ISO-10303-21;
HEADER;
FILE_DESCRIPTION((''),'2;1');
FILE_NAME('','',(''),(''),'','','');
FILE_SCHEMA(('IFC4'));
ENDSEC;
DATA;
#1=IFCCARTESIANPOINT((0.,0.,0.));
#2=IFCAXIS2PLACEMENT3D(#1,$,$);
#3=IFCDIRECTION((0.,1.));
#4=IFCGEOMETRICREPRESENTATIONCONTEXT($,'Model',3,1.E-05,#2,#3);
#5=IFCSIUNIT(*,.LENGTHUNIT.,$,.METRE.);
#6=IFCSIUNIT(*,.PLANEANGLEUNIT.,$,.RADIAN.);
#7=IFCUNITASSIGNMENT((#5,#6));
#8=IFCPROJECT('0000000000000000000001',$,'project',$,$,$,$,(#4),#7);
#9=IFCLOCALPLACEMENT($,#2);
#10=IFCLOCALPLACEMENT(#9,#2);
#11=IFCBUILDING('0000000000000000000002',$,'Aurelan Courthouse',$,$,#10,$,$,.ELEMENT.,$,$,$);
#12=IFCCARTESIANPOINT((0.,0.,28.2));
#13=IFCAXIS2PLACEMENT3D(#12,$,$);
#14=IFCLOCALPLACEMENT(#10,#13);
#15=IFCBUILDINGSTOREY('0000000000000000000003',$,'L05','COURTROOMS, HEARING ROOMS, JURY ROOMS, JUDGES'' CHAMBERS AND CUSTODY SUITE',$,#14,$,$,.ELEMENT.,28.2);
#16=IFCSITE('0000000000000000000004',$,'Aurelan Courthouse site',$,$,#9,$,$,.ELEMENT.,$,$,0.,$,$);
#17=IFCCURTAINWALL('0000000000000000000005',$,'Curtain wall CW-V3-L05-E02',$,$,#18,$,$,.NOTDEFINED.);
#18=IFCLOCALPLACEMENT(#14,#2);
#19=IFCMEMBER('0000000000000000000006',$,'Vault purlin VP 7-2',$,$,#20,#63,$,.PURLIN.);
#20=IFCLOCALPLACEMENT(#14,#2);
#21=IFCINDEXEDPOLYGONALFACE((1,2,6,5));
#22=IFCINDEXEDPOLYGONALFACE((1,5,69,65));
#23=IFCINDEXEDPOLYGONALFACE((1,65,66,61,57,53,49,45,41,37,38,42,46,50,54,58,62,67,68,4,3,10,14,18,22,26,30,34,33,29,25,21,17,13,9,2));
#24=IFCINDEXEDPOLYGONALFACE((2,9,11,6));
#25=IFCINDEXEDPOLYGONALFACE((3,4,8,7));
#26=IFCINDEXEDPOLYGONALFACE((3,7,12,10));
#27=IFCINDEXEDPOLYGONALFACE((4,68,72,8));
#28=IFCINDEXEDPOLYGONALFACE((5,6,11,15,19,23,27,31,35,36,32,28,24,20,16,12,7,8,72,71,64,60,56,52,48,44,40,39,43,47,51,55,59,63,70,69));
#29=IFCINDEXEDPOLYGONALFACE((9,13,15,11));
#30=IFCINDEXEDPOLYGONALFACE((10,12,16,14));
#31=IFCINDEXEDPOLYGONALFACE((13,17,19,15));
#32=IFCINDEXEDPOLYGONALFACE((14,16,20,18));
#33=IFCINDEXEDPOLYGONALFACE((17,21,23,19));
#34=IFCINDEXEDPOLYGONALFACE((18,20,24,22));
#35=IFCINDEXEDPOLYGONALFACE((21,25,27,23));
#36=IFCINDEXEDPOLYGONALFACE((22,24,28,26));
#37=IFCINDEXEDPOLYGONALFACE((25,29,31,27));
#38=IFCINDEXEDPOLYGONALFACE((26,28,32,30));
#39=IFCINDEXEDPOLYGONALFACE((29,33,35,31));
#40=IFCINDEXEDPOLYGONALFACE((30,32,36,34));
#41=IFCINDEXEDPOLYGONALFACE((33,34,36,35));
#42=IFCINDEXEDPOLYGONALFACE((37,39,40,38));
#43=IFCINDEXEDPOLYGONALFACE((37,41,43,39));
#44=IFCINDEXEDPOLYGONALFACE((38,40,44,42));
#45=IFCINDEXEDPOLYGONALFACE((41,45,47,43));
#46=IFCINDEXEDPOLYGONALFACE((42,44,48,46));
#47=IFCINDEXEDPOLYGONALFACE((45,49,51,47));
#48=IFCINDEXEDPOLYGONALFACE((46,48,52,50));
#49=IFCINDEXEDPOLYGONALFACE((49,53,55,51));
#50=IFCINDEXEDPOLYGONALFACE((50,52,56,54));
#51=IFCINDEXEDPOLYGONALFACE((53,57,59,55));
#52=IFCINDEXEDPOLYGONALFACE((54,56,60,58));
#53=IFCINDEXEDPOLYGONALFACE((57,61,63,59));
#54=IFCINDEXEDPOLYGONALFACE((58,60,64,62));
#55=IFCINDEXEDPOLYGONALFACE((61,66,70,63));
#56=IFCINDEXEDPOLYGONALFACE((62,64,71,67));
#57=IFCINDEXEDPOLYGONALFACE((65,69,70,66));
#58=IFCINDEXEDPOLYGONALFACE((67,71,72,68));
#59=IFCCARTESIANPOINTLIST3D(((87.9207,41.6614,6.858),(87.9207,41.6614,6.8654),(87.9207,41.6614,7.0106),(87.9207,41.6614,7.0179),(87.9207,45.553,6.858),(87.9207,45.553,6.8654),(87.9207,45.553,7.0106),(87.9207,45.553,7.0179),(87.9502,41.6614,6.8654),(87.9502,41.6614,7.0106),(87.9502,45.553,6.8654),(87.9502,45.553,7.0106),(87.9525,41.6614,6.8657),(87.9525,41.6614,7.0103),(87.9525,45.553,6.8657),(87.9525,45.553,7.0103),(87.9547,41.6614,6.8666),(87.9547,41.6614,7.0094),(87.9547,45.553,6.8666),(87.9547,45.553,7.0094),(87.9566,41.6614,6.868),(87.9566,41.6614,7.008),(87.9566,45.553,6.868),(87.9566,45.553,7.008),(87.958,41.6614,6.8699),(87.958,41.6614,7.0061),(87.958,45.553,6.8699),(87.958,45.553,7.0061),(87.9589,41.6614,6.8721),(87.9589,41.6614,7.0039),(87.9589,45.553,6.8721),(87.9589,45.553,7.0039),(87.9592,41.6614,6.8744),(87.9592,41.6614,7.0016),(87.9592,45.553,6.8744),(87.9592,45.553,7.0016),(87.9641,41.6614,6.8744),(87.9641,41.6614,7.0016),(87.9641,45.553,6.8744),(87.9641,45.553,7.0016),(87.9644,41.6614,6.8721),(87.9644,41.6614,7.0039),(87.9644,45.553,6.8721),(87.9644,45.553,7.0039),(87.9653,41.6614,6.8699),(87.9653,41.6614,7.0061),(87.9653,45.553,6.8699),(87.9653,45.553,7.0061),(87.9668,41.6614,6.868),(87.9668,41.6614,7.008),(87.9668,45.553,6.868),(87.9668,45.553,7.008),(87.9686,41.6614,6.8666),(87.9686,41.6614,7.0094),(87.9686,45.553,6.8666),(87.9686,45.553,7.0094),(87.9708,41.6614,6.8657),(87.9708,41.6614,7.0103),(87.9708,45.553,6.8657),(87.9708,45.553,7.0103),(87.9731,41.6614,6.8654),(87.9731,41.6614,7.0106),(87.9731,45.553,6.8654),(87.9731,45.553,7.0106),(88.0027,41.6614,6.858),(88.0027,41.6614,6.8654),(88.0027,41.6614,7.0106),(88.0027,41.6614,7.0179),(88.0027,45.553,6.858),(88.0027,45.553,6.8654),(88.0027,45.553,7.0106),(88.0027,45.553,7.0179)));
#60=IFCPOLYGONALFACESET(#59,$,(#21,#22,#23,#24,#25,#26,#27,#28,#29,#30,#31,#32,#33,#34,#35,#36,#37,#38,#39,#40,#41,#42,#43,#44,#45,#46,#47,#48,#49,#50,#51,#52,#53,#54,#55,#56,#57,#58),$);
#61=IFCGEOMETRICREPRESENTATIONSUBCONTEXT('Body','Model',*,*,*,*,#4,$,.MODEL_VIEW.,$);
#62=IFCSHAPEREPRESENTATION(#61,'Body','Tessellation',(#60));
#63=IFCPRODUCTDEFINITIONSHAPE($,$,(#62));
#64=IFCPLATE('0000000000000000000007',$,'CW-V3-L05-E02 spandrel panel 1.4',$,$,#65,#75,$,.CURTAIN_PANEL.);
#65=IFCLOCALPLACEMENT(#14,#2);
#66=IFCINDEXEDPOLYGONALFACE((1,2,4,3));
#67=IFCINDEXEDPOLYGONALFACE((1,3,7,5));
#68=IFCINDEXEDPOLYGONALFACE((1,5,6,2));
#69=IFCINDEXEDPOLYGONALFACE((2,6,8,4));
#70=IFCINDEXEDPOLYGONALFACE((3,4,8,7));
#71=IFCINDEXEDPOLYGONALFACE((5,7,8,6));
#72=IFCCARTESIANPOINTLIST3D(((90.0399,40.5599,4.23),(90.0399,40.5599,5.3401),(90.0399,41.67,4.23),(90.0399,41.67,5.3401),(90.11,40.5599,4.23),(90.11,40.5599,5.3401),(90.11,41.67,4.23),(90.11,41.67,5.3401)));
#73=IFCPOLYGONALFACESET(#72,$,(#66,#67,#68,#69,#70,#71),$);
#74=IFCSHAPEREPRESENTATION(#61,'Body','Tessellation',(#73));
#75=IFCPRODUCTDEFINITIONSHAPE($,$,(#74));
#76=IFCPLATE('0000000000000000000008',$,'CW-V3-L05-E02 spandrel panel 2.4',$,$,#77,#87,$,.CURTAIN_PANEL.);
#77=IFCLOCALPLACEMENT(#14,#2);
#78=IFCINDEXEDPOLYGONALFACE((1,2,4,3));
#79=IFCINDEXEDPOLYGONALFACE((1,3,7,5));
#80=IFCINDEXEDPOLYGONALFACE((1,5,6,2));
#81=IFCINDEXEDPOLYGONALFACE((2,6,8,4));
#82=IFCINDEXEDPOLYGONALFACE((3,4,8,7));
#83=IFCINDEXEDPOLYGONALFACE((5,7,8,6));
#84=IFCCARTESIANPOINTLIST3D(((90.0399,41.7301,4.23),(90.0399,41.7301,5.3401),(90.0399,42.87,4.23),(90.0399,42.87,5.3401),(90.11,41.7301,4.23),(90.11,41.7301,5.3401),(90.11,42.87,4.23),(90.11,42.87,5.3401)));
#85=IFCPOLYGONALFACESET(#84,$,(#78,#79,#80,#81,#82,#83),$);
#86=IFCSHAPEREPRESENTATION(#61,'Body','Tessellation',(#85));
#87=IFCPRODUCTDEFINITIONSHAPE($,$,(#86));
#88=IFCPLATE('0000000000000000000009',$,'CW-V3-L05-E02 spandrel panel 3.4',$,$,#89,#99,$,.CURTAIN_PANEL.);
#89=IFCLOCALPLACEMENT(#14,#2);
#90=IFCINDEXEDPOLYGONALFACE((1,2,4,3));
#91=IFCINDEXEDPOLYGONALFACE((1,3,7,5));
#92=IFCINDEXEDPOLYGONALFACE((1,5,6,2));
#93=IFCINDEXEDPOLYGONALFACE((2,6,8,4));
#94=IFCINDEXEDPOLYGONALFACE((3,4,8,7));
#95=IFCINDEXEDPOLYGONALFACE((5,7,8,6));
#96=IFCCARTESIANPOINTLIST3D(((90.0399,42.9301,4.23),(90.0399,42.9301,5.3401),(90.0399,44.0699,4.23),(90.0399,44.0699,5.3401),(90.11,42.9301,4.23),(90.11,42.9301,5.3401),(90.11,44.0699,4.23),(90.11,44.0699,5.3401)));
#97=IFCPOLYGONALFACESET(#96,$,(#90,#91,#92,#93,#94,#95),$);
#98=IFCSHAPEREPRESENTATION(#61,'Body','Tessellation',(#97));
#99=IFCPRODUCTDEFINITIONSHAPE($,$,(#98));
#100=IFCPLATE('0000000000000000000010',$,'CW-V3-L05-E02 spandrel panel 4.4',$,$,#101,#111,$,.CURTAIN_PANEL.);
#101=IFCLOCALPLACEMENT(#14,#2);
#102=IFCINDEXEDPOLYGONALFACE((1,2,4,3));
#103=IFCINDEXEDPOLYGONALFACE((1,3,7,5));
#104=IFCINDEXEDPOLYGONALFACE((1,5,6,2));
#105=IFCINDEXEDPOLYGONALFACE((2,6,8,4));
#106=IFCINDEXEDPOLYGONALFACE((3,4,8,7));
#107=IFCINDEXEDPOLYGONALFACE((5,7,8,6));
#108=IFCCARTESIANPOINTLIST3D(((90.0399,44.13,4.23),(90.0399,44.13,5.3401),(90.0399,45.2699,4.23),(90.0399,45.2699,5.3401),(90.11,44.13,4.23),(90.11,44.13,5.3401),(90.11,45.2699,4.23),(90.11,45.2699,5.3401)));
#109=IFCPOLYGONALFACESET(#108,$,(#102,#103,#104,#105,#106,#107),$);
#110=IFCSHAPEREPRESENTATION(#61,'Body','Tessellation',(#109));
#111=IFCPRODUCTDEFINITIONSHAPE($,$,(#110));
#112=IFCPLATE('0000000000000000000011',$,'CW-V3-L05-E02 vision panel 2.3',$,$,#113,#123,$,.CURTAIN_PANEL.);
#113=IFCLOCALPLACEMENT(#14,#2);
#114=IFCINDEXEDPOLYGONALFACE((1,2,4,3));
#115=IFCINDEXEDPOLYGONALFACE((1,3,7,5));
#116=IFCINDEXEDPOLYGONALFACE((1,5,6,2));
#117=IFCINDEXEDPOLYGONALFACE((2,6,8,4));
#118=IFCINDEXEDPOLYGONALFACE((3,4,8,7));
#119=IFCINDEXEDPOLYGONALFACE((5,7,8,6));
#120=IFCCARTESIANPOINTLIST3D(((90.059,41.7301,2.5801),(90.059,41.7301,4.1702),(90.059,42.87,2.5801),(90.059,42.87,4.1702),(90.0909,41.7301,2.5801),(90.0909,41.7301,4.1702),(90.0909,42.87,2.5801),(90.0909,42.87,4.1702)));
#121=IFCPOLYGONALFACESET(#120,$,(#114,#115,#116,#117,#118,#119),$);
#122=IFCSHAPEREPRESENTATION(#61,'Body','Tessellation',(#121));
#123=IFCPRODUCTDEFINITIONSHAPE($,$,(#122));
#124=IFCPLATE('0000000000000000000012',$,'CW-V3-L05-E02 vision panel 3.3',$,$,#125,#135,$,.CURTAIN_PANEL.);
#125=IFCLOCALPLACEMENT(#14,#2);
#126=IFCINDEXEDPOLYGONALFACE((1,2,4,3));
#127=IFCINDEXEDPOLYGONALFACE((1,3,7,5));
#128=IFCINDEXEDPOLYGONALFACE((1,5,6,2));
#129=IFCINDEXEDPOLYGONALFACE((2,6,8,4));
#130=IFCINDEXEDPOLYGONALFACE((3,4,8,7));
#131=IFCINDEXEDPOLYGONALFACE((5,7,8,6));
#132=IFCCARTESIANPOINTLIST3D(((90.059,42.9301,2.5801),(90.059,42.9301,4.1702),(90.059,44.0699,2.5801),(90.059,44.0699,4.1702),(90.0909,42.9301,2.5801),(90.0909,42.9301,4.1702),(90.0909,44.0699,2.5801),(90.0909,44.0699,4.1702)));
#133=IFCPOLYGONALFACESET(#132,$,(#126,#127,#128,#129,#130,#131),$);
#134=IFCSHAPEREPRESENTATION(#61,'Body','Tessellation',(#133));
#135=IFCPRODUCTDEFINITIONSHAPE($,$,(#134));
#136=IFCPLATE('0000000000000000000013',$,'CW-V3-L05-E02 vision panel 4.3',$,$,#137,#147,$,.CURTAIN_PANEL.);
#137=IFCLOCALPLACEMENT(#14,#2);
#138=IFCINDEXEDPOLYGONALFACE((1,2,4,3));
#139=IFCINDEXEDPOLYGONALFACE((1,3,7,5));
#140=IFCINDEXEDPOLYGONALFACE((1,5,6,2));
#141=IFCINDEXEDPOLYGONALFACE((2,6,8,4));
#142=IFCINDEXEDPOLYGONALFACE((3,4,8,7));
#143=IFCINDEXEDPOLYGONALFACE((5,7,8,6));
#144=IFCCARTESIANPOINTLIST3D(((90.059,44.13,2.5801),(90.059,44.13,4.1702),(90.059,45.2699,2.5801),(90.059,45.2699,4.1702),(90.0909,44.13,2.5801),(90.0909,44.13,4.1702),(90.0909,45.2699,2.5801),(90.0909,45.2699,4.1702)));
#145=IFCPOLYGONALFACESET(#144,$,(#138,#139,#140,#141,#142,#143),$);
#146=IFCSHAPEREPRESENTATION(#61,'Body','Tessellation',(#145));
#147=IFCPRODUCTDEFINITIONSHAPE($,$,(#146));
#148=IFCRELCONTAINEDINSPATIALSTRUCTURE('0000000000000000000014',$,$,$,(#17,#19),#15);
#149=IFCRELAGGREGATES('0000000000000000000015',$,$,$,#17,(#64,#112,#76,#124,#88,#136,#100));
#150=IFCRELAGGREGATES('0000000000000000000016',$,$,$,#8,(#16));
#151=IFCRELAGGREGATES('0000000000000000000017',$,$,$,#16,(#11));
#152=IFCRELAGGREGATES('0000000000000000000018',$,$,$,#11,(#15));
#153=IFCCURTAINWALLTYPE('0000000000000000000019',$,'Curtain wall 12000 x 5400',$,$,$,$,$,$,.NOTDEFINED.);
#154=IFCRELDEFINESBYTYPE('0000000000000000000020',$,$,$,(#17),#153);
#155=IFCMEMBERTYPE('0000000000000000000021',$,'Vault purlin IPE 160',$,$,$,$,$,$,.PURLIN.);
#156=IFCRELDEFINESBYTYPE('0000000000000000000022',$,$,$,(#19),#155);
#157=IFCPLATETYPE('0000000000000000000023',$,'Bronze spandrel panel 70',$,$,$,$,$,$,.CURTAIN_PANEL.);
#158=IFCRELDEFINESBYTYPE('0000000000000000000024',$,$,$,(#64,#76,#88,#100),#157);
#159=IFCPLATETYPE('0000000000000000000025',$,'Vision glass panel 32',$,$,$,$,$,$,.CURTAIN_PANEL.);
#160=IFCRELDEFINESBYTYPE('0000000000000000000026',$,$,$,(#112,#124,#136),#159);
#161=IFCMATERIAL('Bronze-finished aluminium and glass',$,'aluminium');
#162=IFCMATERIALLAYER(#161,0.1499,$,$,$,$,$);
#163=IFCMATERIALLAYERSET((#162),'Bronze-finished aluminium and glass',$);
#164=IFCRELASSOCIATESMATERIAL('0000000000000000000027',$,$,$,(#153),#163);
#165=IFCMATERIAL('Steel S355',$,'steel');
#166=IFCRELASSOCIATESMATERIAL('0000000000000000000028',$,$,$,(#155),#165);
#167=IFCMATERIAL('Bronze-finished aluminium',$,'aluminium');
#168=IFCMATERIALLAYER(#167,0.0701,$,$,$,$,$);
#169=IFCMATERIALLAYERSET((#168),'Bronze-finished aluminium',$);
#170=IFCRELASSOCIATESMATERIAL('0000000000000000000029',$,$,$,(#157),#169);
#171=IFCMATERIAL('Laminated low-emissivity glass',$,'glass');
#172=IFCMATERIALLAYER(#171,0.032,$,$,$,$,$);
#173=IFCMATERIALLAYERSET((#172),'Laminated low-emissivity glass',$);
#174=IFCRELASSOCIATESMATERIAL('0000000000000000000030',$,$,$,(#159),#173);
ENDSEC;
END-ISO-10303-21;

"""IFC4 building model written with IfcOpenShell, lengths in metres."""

from ifc_helpers import new_model, si_unit, direction, frame, origin, origin_2d, place, context, subcontext, project, spatial, rectangle, i_section, extrude, material, layer, layer_set, material_profile, profile_set, type_object, element, aggregate, save


model = new_model("IFC4")

# Units and contexts
model_context = context("Model", 3, precision=1e-05, world=origin(), true_north=direction((0.0, 1.0)))
body_context = subcontext(model_context, "Body", "Model", "MODEL_VIEW")
ifc_project = project(units=[si_unit("LENGTHUNIT", "METRE"), si_unit("PLANEANGLEUNIT", "RADIAN")], contexts=[model_context])

# Site, building, storey
site_placement = place(None, origin())
site = spatial("IfcSite", under=ifc_project, at=site_placement, Name="Aurelan Courthouse site", CompositionType="ELEMENT", RefElevation=0.0)
building_placement = place(site_placement, origin())
building = spatial("IfcBuilding", under=site, at=building_placement, Name="Aurelan Courthouse", CompositionType="ELEMENT")
storey_placement = place(building_placement, frame((0.0, 0.0, 28.2)))
storey = spatial("IfcBuildingStorey", under=building, at=storey_placement, Name="L05", Description="COURTROOMS, HEARING ROOMS, JURY ROOMS, JUDGES' CHAMBERS AND CUSTODY SUITE", CompositionType="ELEMENT", Elevation=28.2)

# Curtain wall
ifc_material_1 = material(Name="Bronze-finished aluminium and glass", Category="aluminium")
ifc_layer_1 = layer(ifc_material_1, 0.1499)
ifc_layer_set_1 = layer_set([ifc_layer_1], Name="Bronze-finished aluminium and glass")
curtain_wall_type = type_object("IfcCurtainWallType", Name="Curtain wall 12000 x 5400", PredefinedType="NOTDEFINED", material=ifc_layer_set_1)
curtain_wall_placement = place(storey_placement, origin())
curtain_wall = element("IfcCurtainWall", 1, at=curtain_wall_placement, inside=storey, type_object=curtain_wall_type, Name="Curtain wall CW-V3-L05-E02", PredefinedType="NOTDEFINED")
ifc_material_2 = material(Name="Bronze-finished aluminium", Category="aluminium")

# Member
ifc_material_3 = material(Name="Steel S355", Category="steel")
ifc_material_profile_1 = material_profile(ifc_material_3, i_section(OverallWidth=0.082, OverallDepth=0.1599, WebThickness=0.0049, FlangeThickness=0.0073, FilletRadius=0.009, at=origin_2d()), Name="IPE 160")
ifc_profile_set_1 = profile_set([ifc_material_profile_1], Name="Steel S355")
member_type_1 = type_object("IfcMemberType", Name="Vault purlin IPE 160", PredefinedType="PURLIN", material=ifc_profile_set_1)
member_1_placement = place(storey_placement, frame((87.9617, 41.6614, 6.938), z_axis=(0.0, 1.0, 0.0), x_axis=(-1.0, 0.0, 0.0)))
element("IfcMember", 2, at=member_1_placement, inside=storey, type_object=member_type_1, Name="Vault purlin VP 7-2", PredefinedType="PURLIN", context=body_context, shape_type="SweptSolid", body=[
    extrude(i_section(OverallWidth=0.082, OverallDepth=0.1599, WebThickness=0.0049, FlangeThickness=0.0073, FilletRadius=0.009, at=origin_2d()), origin(), (0.0, 0.0, 1.0), 3.8916),
])

# Plates
ifc_layer_2 = layer(ifc_material_2, 0.0701)
ifc_layer_set_2 = layer_set([ifc_layer_2], Name="Bronze-finished aluminium")
plate_type_1 = type_object("IfcPlateType", Name="Bronze spandrel panel 70", PredefinedType="CURTAIN_PANEL", material=ifc_layer_set_2)
plate_1_placement = place(storey_placement, frame((90.075, 41.115, 4.23), z_axis=(0.0, 0.0, 1.0), x_axis=(0.0, 1.0, 0.0)))
plate_1 = element("IfcPlate", 3, at=plate_1_placement, type_object=plate_type_1, Name="CW-V3-L05-E02 spandrel panel 1.4", PredefinedType="CURTAIN_PANEL", context=body_context, shape_type="SweptSolid", body=[
    extrude(rectangle(XDim=1.1101, YDim=0.0701, at=origin_2d()), origin(), (0.0, 0.0, 1.0), 1.1101),
])
plate_2_placement = place(storey_placement, frame((90.075, 42.3, 4.23), z_axis=(0.0, 0.0, 1.0), x_axis=(0.0, 1.0, 0.0)))
plate_2 = element("IfcPlate", 4, at=plate_2_placement, type_object=plate_type_1, Name="CW-V3-L05-E02 spandrel panel 2.4", PredefinedType="CURTAIN_PANEL", context=body_context, shape_type="SweptSolid", body=[
    extrude(rectangle(XDim=1.1399, YDim=0.0701, at=origin_2d()), origin(), (0.0, 0.0, 1.0), 1.1101),
])
plate_3_placement = place(storey_placement, frame((90.075, 43.5, 4.23), z_axis=(0.0, 0.0, 1.0), x_axis=(0.0, 1.0, 0.0)))
plate_3 = element("IfcPlate", 5, at=plate_3_placement, type_object=plate_type_1, Name="CW-V3-L05-E02 spandrel panel 3.4", PredefinedType="CURTAIN_PANEL", context=body_context, shape_type="SweptSolid", body=[
    extrude(rectangle(XDim=1.1399, YDim=0.0701, at=origin_2d()), origin(), (0.0, 0.0, 1.0), 1.1101),
])
plate_4_placement = place(storey_placement, frame((90.075, 44.7, 4.23), z_axis=(0.0, 0.0, 1.0), x_axis=(0.0, 1.0, 0.0)))
plate_4 = element("IfcPlate", 6, at=plate_4_placement, type_object=plate_type_1, Name="CW-V3-L05-E02 spandrel panel 4.4", PredefinedType="CURTAIN_PANEL", context=body_context, shape_type="SweptSolid", body=[
    extrude(rectangle(XDim=1.1399, YDim=0.0701, at=origin_2d()), origin(), (0.0, 0.0, 1.0), 1.1101),
])
ifc_material_4 = material(Name="Laminated low-emissivity glass", Category="glass")
ifc_layer_3 = layer(ifc_material_4, 0.032)
ifc_layer_set_3 = layer_set([ifc_layer_3], Name="Laminated low-emissivity glass")
plate_type_2 = type_object("IfcPlateType", Name="Vision glass panel 32", PredefinedType="CURTAIN_PANEL", material=ifc_layer_set_3)
plate_5_placement = place(storey_placement, frame((90.075, 42.3, 2.5801), z_axis=(0.0, 0.0, 1.0), x_axis=(0.0, 1.0, 0.0)))
plate_5 = element("IfcPlate", 7, at=plate_5_placement, type_object=plate_type_2, Name="CW-V3-L05-E02 vision panel 2.3", PredefinedType="CURTAIN_PANEL", context=body_context, shape_type="SweptSolid", body=[
    extrude(rectangle(XDim=1.1399, YDim=0.032, at=origin_2d()), origin(), (0.0, 0.0, 1.0), 1.5901),
])
plate_6_placement = place(storey_placement, frame((90.075, 43.5, 2.5801), z_axis=(0.0, 0.0, 1.0), x_axis=(0.0, 1.0, 0.0)))
plate_6 = element("IfcPlate", 8, at=plate_6_placement, type_object=plate_type_2, Name="CW-V3-L05-E02 vision panel 3.3", PredefinedType="CURTAIN_PANEL", context=body_context, shape_type="SweptSolid", body=[
    extrude(rectangle(XDim=1.1399, YDim=0.032, at=origin_2d()), origin(), (0.0, 0.0, 1.0), 1.5901),
])
plate_7_placement = place(storey_placement, frame((90.075, 44.7, 2.5801), z_axis=(0.0, 0.0, 1.0), x_axis=(0.0, 1.0, 0.0)))
plate_7 = element("IfcPlate", 9, at=plate_7_placement, type_object=plate_type_2, Name="CW-V3-L05-E02 vision panel 4.3", PredefinedType="CURTAIN_PANEL", context=body_context, shape_type="SweptSolid", body=[
    extrude(rectangle(XDim=1.1399, YDim=0.032, at=origin_2d()), origin(), (0.0, 0.0, 1.0), 1.5901),
])
aggregate(curtain_wall, [plate_1, plate_5, plate_2, plate_6, plate_3, plate_7, plate_4])

save(model, "model.ifc")
